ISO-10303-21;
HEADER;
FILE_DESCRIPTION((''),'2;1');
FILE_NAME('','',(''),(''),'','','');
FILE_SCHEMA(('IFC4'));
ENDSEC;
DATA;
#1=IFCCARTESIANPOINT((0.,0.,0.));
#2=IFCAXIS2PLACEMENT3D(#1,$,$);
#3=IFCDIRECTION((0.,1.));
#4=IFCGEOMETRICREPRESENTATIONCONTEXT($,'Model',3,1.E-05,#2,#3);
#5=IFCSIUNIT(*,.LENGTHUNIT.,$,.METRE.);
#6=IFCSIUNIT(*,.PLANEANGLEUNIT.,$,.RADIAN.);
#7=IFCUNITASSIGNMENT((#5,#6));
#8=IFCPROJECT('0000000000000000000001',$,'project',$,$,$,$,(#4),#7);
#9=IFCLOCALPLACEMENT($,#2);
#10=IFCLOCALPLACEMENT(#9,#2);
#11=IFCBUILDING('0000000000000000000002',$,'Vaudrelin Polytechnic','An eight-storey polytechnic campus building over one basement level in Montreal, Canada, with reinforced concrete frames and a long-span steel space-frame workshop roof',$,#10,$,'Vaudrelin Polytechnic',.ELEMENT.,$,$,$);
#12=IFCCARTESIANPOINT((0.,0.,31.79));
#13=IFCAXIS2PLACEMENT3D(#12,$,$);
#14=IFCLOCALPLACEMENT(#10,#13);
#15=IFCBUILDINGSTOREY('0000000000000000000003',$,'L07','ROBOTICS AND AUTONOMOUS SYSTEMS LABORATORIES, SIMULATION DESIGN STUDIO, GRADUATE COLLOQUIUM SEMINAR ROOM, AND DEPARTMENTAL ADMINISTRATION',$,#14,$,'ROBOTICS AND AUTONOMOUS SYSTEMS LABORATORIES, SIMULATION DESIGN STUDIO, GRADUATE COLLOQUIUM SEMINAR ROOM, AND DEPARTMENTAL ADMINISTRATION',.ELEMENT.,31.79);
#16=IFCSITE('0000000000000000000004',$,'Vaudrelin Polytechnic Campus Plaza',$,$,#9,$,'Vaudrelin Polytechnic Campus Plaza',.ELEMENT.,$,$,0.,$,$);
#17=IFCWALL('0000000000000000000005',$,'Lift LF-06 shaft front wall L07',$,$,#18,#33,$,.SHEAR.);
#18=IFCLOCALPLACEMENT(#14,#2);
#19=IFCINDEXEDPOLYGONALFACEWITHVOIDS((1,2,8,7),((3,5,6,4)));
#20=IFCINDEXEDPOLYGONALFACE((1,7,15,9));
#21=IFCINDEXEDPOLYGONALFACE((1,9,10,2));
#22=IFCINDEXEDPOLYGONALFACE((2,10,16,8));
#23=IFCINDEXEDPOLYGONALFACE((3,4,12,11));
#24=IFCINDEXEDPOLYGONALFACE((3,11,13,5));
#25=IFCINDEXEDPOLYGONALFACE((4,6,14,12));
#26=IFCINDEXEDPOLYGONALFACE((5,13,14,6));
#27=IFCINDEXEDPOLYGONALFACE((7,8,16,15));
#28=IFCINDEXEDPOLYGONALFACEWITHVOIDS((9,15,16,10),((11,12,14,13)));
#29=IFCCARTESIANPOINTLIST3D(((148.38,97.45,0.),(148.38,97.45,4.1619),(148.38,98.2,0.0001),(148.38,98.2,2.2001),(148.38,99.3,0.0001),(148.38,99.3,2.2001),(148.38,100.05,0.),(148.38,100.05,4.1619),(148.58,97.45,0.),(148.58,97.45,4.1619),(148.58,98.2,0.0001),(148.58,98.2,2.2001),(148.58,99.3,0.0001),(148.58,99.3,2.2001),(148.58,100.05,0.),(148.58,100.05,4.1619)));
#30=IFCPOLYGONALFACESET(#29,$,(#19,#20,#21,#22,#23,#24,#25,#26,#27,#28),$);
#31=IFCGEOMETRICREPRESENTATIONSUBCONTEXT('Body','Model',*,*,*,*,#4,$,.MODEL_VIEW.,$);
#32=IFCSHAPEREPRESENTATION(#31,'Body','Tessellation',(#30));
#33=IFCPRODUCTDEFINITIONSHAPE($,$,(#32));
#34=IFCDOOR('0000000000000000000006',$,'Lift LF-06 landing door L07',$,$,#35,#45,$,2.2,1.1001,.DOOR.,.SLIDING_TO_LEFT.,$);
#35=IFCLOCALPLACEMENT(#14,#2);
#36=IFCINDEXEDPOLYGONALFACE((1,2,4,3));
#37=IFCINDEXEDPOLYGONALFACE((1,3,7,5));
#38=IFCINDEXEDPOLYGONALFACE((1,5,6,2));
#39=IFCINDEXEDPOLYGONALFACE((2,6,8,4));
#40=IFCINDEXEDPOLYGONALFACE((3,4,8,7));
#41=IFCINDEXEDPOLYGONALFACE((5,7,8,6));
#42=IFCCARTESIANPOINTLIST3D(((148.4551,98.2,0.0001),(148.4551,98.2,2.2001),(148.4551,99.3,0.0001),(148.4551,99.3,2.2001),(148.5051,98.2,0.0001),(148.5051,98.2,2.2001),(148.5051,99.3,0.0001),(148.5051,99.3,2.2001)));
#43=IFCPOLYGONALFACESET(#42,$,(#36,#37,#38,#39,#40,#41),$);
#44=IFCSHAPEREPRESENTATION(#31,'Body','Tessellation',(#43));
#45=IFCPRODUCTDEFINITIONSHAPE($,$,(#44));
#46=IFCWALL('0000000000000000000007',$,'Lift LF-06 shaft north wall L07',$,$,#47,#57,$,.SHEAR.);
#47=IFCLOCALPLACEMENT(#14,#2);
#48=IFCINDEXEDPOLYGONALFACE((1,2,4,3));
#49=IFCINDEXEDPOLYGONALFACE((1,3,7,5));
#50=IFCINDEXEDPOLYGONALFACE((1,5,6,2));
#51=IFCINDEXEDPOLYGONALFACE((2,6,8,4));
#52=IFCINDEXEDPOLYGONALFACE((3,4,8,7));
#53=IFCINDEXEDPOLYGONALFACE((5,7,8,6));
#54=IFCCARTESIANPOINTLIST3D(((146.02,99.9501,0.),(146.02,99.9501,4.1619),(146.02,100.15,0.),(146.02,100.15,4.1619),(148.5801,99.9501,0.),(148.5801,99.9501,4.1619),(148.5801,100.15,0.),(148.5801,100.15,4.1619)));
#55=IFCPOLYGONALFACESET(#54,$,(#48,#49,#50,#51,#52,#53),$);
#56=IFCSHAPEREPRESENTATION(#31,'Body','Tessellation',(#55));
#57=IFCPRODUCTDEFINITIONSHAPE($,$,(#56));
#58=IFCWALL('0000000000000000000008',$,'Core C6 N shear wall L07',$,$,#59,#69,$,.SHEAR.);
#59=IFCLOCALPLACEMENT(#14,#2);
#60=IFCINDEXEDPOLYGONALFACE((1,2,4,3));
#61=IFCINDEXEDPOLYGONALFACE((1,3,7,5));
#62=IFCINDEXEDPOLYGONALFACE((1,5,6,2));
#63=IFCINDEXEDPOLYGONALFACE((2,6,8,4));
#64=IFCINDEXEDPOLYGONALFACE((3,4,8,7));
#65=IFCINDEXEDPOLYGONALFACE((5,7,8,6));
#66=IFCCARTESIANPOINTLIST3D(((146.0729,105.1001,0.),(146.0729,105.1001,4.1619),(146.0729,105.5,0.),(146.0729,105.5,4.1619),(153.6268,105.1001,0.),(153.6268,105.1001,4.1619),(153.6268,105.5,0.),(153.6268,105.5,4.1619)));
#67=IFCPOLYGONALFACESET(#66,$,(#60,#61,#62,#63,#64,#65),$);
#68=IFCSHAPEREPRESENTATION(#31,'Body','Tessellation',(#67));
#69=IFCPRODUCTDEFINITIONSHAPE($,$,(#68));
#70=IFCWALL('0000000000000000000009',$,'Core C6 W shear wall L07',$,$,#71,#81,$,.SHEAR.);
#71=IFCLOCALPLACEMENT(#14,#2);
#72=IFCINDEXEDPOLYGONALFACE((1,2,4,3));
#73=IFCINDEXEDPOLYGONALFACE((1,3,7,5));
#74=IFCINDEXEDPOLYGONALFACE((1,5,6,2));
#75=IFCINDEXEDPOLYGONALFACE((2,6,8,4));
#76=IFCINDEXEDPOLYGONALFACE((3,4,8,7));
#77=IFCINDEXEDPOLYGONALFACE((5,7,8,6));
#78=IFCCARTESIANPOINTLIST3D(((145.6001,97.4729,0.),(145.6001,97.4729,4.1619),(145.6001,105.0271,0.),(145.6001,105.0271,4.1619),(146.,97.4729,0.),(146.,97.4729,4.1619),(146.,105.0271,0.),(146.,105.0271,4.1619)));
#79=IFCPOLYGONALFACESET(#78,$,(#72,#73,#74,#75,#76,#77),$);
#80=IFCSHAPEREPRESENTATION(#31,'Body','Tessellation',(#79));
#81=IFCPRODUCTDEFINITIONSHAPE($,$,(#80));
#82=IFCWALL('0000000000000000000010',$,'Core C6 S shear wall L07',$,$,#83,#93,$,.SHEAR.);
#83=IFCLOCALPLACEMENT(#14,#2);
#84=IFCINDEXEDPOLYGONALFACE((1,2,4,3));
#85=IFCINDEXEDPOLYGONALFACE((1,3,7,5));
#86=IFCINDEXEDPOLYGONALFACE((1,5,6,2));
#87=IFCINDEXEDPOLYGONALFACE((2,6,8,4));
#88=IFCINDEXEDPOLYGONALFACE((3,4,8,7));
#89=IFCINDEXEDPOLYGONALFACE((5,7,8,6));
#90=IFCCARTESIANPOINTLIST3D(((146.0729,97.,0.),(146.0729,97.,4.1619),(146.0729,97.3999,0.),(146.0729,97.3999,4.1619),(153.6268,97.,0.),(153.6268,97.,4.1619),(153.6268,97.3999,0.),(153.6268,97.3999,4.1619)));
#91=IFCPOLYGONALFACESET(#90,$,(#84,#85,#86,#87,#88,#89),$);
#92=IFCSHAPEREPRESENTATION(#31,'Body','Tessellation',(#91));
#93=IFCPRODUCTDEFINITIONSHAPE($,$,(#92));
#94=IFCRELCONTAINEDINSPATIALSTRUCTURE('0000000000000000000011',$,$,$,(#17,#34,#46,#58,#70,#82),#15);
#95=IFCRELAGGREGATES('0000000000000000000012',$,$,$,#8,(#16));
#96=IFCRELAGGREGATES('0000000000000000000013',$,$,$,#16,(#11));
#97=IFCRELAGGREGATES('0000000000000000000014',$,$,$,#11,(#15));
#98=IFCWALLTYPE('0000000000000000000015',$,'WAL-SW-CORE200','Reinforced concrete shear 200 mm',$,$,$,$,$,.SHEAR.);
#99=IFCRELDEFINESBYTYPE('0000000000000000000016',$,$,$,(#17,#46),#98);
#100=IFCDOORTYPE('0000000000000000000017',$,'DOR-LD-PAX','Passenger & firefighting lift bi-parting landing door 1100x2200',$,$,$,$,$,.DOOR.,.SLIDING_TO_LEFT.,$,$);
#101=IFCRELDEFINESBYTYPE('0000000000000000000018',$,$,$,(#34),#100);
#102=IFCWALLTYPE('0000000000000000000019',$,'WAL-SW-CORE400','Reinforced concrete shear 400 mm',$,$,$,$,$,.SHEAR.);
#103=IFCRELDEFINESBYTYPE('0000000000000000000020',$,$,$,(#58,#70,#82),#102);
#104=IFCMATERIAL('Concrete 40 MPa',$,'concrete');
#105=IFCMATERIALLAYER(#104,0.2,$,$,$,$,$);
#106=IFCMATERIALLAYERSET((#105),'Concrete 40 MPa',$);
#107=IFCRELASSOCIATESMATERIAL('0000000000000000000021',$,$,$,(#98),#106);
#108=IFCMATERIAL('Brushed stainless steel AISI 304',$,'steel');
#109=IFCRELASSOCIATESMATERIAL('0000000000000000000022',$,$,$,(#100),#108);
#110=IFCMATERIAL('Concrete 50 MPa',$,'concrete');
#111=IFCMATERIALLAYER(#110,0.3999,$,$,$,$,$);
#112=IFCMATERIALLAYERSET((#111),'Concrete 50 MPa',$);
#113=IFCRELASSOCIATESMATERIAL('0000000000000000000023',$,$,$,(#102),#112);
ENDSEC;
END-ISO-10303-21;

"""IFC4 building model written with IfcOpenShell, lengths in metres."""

from ifc_helpers import new_model, si_unit, direction, frame, frame_2d, origin, place, context, subcontext, project, spatial, rectangle, extrude, material, layer, layer_set, type_object, element, fill, save


model = new_model("IFC4")

# Units and contexts
model_context = context("Model", 3, precision=1e-05, world=origin(), true_north=direction((0.0, 1.0)))
body_context = subcontext(model_context, "Body", "Model", "MODEL_VIEW")
ifc_project = project(units=[si_unit("LENGTHUNIT", "METRE"), si_unit("PLANEANGLEUNIT", "RADIAN")], contexts=[model_context])

# Site, building, storey
site_placement = place(None, origin())
site = spatial("IfcSite", under=ifc_project, at=site_placement, Name="Vaudrelin Polytechnic Campus Plaza", LongName="Vaudrelin Polytechnic Campus Plaza", CompositionType="ELEMENT", RefElevation=0.0)
building_placement = place(site_placement, origin())
building = spatial("IfcBuilding", under=site, at=building_placement, Name="Vaudrelin Polytechnic", Description="An eight-storey polytechnic campus building over one basement level in Montreal, Canada, with reinforced concrete frames and a long-span steel space-frame workshop roof", LongName="Vaudrelin Polytechnic", CompositionType="ELEMENT")
storey_placement = place(building_placement, frame((0.0, 0.0, 31.79)))
storey = spatial("IfcBuildingStorey", under=building, at=storey_placement, Name="L07", Description="ROBOTICS AND AUTONOMOUS SYSTEMS LABORATORIES, SIMULATION DESIGN STUDIO, GRADUATE COLLOQUIUM SEMINAR ROOM, AND DEPARTMENTAL ADMINISTRATION", LongName="ROBOTICS AND AUTONOMOUS SYSTEMS LABORATORIES, SIMULATION DESIGN STUDIO, GRADUATE COLLOQUIUM SEMINAR ROOM, AND DEPARTMENTAL ADMINISTRATION", CompositionType="ELEMENT", Elevation=31.79)

# Shared definitions
ifc_material_1 = material(Name="Concrete 40 MPa", Category="concrete")
ifc_material_2 = material(Name="Concrete 50 MPa", Category="concrete")

# Wall, opening, door
ifc_layer_1 = layer(ifc_material_1, 0.2)
ifc_layer_set_1 = layer_set([ifc_layer_1], Name="Concrete 40 MPa")
wall_type_1 = type_object("IfcWallType", Name="WAL-SW-CORE200", Description="Reinforced concrete shear 200 mm", PredefinedType="SHEAR", material=ifc_layer_set_1)
wall_1_placement = place(storey_placement, frame((148.48, 97.45, 0.0), z_axis=(0.0, 0.0, 1.0), x_axis=(0.0, 1.0, 0.0)))
wall_1 = element("IfcWall", 1, at=wall_1_placement, inside=storey, type_object=wall_type_1, Name="Lift LF-06 shaft front wall L07", PredefinedType="SHEAR", context=body_context, shape_type="SweptSolid", body=[
    extrude(rectangle(XDim=2.6001, YDim=0.2, at=frame_2d((1.3, 0.0))), origin(), (0.0, 0.0, 1.0), 4.1619),
])
opening_1_placement = place(wall_1_placement, frame((0.75, 0.0, 0.0)))
opening_1 = element("IfcOpeningElement", 2, at=opening_1_placement, cuts=wall_1, PredefinedType="OPENING", context=body_context, shape_type="SweptSolid", body=[
    extrude(rectangle(XDim=1.1001, YDim=2.2, at=frame_2d((0.55, 1.1001))), frame((0.0, 0.1099, 0.0), z_axis=(0.0, -1.0, 0.0), x_axis=(1.0, 0.0, 0.0)), (0.0, 0.0, 1.0), 0.22),
])
ifc_material_3 = material(Name="Brushed stainless steel AISI 304", Category="steel")
door_type_1 = type_object("IfcDoorType", Name="DOR-LD-PAX", Description="Passenger & firefighting lift bi-parting landing door 1100x2200", OperationType="SLIDING_TO_LEFT", PredefinedType="DOOR", material=ifc_material_3)
door_1_placement = place(opening_1_placement, origin())
door_1 = element("IfcDoor", 3, at=door_1_placement, inside=storey, type_object=door_type_1, Name="Lift LF-06 landing door L07", OperationType="SLIDING_TO_LEFT", OverallHeight=2.2, OverallWidth=1.1001, PredefinedType="DOOR", context=body_context, shape_type="SweptSolid", body=[
    extrude(rectangle(XDim=1.1001, YDim=2.2, at=frame_2d((0.55, 1.1001))), frame((0.0, 0.0249, 0.0), z_axis=(0.0, -1.0, 0.0), x_axis=(1.0, 0.0, 0.0)), (0.0, 0.0, 1.0), 0.05),
])
fill(opening_1, door_1)

# Walls
wall_2_placement = place(storey_placement, frame((146.02, 100.05, 0.0), z_axis=(0.0, 0.0, 1.0), x_axis=(1.0, 0.0, 0.0)))
element("IfcWall", 4, at=wall_2_placement, inside=storey, type_object=wall_type_1, Name="Lift LF-06 shaft north wall L07", PredefinedType="SHEAR", context=body_context, shape_type="SweptSolid", body=[
    extrude(rectangle(XDim=2.5601, YDim=0.2, at=frame_2d((1.28, 0.0))), origin(), (0.0, 0.0, 1.0), 4.1619),
])
ifc_layer_2 = layer(ifc_material_2, 0.3999)
ifc_layer_set_2 = layer_set([ifc_layer_2], Name="Concrete 50 MPa")
wall_type_2 = type_object("IfcWallType", Name="WAL-SW-CORE400", Description="Reinforced concrete shear 400 mm", PredefinedType="SHEAR", material=ifc_layer_set_2)
wall_3_placement = place(storey_placement, frame((146.073, 105.3, 0.0), z_axis=(0.0, 0.0, 1.0), x_axis=(1.0, 0.0, 0.0)))
element("IfcWall", 5, at=wall_3_placement, inside=storey, type_object=wall_type_2, Name="Core C6 N shear wall L07", PredefinedType="SHEAR", context=body_context, shape_type="SweptSolid", body=[
    extrude(rectangle(XDim=7.554, YDim=0.3999, at=frame_2d((3.7769, 0.0))), origin(), (0.0, 0.0, 1.0), 4.1619),
])
wall_4_placement = place(storey_placement, frame((145.8, 97.4729, 0.0), z_axis=(0.0, 0.0, 1.0), x_axis=(0.0, 1.0, 0.0)))
element("IfcWall", 6, at=wall_4_placement, inside=storey, type_object=wall_type_2, Name="Core C6 W shear wall L07", PredefinedType="SHEAR", context=body_context, shape_type="SweptSolid", body=[
    extrude(rectangle(XDim=7.5542, YDim=0.3999, at=frame_2d((3.7771, 0.0))), origin(), (0.0, 0.0, 1.0), 4.1619),
])
wall_5_placement = place(storey_placement, frame((146.073, 97.2, 0.0), z_axis=(0.0, 0.0, 1.0), x_axis=(1.0, 0.0, 0.0)))
element("IfcWall", 7, at=wall_5_placement, inside=storey, type_object=wall_type_2, Name="Core C6 S shear wall L07", PredefinedType="SHEAR", context=body_context, shape_type="SweptSolid", body=[
    extrude(rectangle(XDim=7.554, YDim=0.3999, at=frame_2d((3.7769, 0.0))), origin(), (0.0, 0.0, 1.0), 4.1619),
])

save(model, "model.ifc")
